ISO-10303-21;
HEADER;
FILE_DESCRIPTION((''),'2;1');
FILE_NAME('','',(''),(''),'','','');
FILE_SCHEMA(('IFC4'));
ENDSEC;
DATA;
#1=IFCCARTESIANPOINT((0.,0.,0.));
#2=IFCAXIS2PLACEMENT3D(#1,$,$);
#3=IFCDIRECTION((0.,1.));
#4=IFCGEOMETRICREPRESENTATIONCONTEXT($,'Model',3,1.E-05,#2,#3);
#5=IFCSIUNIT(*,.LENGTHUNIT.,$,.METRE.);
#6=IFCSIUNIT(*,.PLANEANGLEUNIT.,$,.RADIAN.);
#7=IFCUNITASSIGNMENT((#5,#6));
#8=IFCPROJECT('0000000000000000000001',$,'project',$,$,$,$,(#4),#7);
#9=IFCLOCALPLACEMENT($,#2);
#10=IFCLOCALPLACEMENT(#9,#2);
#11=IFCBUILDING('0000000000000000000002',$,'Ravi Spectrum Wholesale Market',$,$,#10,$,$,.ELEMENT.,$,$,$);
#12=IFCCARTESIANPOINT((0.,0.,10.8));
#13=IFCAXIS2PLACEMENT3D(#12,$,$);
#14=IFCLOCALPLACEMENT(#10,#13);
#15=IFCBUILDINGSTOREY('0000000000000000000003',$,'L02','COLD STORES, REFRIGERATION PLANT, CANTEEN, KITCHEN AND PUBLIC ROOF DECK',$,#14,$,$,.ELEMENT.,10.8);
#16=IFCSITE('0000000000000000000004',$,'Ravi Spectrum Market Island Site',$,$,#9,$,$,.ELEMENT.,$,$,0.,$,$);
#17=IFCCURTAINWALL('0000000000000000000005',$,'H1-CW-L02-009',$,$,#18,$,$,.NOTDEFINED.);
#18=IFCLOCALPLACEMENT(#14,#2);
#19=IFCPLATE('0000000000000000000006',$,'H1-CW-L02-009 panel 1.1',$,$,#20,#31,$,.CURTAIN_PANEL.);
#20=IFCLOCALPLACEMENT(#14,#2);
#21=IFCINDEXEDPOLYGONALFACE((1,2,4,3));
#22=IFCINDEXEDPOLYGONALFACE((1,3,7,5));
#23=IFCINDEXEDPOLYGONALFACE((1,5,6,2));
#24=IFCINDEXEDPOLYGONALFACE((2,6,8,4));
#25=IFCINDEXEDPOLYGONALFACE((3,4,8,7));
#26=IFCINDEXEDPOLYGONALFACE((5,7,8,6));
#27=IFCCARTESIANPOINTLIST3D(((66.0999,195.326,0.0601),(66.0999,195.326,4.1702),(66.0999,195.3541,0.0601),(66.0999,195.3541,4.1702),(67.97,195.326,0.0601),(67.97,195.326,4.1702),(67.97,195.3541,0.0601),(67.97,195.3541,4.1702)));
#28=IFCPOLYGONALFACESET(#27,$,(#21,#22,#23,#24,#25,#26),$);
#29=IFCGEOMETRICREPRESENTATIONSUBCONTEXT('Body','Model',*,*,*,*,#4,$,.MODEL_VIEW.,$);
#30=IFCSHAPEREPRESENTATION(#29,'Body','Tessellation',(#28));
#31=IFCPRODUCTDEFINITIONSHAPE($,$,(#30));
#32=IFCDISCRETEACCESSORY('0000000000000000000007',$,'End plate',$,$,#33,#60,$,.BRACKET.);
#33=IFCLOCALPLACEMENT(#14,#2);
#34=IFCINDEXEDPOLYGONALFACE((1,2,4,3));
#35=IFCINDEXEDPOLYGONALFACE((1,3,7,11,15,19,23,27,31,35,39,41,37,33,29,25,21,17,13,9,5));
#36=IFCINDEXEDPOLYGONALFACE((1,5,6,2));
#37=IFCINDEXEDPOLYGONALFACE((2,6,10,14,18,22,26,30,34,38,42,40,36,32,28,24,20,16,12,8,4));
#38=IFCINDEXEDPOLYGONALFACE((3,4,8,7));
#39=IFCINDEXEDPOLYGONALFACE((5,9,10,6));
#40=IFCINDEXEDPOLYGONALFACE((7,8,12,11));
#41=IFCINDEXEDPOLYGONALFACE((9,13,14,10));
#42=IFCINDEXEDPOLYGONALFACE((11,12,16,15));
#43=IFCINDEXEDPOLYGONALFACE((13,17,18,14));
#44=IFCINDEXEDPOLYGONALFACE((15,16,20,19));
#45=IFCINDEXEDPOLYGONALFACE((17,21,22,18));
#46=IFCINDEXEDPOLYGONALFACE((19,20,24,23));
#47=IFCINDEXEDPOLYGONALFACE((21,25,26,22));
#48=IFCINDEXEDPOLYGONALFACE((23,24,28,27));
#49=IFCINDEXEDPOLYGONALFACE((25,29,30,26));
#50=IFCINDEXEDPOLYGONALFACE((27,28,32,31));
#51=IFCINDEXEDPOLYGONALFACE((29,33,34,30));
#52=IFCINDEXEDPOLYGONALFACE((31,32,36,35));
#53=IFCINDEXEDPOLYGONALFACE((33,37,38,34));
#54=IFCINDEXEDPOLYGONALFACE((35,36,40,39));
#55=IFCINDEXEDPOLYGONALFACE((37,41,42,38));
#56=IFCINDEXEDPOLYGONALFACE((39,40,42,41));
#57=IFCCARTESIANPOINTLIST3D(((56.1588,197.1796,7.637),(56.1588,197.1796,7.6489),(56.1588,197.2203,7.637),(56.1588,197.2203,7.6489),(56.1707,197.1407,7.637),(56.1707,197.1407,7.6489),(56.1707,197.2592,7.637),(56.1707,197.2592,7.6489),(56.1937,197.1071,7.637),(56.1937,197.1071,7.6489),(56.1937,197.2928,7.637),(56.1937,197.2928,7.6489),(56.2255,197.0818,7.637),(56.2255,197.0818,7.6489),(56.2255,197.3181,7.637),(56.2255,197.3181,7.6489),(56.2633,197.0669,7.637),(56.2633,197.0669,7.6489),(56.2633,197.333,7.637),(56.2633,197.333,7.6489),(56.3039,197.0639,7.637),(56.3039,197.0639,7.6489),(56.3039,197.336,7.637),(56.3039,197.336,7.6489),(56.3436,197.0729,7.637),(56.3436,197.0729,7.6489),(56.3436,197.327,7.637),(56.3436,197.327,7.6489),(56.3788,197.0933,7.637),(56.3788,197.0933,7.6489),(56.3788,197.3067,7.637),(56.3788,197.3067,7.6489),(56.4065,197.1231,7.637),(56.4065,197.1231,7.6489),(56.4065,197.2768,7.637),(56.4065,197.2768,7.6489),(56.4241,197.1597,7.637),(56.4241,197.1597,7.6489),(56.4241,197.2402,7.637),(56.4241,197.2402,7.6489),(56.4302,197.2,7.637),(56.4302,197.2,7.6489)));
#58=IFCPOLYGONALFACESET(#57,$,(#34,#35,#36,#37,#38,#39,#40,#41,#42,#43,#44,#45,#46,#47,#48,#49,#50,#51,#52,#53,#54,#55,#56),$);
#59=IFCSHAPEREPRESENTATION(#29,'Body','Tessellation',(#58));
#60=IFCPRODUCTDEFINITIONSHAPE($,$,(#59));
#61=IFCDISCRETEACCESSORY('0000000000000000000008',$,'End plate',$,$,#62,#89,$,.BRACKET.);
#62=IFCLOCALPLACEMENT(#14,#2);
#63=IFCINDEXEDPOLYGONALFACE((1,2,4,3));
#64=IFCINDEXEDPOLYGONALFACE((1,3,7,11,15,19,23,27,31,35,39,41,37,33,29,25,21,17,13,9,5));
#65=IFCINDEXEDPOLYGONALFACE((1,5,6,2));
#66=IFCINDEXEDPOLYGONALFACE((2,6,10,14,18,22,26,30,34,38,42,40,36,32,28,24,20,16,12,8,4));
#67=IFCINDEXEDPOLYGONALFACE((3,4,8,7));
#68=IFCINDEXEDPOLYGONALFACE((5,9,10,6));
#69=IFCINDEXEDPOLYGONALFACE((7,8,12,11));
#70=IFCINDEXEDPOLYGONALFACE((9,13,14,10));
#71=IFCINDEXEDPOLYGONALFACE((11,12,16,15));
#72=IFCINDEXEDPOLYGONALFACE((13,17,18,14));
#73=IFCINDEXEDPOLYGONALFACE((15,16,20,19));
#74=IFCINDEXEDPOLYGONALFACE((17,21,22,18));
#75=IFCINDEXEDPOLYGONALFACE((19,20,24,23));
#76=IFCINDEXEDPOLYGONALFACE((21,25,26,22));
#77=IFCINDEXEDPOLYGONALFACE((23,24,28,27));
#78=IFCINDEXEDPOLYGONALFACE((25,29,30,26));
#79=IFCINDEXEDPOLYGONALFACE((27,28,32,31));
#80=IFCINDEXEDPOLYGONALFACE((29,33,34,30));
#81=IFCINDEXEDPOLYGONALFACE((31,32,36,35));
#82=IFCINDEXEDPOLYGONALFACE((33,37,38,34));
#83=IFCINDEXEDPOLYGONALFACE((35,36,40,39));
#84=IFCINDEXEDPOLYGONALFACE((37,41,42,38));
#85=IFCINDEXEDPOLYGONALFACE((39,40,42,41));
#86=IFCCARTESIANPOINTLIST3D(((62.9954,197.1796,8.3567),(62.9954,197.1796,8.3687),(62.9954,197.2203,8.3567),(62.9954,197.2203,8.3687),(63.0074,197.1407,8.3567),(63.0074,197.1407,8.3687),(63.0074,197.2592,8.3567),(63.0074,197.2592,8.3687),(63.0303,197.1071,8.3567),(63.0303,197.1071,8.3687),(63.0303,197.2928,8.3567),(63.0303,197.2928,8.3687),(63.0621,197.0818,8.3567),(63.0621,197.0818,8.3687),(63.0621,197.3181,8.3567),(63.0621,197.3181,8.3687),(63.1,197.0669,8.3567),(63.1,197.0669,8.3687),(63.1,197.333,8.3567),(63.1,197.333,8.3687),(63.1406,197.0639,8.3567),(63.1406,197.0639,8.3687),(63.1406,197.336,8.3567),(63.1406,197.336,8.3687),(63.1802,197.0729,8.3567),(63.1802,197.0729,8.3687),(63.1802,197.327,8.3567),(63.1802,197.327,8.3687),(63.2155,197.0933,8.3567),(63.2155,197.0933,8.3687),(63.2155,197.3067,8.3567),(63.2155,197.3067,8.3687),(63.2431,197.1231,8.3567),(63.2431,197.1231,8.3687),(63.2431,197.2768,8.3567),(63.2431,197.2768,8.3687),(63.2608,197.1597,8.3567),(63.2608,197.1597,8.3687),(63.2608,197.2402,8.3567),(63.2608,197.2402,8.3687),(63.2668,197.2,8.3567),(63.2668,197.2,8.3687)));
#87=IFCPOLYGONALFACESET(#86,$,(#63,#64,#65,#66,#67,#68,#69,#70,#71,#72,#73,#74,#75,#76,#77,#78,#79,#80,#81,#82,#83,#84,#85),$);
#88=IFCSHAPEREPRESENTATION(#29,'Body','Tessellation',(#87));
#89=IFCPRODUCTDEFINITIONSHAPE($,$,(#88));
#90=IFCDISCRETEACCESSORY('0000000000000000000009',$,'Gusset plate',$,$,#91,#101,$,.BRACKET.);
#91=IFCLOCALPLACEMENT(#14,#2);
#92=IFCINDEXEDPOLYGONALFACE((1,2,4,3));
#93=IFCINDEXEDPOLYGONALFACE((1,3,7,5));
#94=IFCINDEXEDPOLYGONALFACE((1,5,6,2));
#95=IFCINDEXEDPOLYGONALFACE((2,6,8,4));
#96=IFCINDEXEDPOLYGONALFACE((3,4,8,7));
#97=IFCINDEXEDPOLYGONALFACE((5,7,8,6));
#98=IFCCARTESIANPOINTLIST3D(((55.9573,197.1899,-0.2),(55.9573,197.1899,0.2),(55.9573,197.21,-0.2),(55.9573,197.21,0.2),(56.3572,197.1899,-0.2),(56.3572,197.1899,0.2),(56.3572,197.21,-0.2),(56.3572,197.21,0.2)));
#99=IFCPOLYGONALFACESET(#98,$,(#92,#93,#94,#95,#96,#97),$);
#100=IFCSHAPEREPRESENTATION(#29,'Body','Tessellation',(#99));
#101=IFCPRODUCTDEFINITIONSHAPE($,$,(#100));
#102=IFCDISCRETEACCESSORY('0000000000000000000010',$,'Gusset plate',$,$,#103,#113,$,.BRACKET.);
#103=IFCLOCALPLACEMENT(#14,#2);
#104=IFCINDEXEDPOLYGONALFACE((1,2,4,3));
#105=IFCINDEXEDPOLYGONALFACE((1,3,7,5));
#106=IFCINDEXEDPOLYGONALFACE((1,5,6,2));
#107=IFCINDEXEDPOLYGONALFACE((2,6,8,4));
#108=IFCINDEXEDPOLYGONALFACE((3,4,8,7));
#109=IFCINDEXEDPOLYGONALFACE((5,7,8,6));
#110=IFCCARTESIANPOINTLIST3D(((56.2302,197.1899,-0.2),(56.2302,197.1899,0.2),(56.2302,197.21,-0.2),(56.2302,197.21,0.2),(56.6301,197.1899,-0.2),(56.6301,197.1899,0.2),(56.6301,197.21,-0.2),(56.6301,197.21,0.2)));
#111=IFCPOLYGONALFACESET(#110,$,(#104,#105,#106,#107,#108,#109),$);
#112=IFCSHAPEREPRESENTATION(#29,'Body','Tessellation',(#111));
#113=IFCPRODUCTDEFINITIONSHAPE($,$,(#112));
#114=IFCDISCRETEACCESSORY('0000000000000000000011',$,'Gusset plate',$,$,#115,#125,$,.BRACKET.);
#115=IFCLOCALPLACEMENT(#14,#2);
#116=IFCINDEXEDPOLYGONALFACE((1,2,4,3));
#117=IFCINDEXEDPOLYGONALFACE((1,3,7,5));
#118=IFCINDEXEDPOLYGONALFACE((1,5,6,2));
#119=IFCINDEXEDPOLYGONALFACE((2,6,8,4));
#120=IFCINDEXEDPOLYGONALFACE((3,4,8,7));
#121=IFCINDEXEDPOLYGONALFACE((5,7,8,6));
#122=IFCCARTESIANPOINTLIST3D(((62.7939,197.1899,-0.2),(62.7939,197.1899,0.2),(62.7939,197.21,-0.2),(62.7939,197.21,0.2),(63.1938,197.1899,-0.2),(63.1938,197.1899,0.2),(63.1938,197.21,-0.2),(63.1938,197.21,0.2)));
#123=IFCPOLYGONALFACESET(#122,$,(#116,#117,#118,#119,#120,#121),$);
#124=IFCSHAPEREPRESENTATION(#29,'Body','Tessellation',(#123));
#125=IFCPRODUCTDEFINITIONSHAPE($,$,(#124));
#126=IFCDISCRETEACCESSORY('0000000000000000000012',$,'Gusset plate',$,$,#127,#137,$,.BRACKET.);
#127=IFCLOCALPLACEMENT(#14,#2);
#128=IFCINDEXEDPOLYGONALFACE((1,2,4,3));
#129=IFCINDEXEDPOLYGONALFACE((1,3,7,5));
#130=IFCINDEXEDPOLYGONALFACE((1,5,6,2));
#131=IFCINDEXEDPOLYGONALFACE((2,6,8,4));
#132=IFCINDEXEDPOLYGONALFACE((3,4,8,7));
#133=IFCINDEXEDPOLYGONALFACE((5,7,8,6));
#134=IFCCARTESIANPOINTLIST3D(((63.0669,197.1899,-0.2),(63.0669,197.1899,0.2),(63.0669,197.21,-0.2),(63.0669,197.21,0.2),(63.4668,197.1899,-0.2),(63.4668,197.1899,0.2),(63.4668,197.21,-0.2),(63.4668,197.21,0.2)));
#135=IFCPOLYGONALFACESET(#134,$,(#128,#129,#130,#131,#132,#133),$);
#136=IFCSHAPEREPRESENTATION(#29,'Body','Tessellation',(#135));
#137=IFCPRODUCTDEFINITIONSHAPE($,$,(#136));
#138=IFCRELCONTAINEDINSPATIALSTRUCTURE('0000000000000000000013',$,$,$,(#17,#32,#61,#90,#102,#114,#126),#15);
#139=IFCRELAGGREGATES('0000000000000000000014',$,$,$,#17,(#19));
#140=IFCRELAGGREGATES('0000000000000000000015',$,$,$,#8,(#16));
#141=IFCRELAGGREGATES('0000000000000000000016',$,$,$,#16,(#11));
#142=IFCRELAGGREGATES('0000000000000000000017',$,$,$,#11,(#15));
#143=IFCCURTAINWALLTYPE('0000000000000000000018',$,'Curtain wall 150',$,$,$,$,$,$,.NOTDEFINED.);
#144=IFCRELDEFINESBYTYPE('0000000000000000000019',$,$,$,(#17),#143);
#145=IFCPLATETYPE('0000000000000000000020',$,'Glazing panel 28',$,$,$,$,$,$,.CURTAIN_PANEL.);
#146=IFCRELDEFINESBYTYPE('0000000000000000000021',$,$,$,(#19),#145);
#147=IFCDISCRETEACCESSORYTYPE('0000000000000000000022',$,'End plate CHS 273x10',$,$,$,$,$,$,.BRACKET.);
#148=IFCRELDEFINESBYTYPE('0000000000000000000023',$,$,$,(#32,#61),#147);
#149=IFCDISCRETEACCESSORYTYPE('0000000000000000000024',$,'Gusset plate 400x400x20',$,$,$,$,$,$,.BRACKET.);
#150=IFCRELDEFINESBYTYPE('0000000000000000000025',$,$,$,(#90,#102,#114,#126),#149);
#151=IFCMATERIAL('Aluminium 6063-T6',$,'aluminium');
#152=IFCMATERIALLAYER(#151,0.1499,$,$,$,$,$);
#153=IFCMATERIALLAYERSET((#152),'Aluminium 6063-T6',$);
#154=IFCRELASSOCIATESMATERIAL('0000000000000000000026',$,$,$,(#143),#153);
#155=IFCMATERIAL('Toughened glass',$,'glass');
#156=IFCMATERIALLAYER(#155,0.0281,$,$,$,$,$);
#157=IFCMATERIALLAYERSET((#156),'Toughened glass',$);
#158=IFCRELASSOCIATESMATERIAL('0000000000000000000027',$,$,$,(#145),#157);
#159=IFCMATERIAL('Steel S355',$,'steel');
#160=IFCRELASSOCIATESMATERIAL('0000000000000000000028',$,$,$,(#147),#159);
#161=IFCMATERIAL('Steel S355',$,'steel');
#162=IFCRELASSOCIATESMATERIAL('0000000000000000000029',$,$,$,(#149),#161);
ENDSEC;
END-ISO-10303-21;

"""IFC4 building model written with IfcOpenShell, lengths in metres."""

from ifc_helpers import new_model, si_unit, direction, frame, origin, origin_2d, place, context, subcontext, project, spatial, rectangle, circle, extrude, material, layer, layer_set, material_profile, profile_set, type_object, element, aggregate, save


model = new_model("IFC4")

# Units and contexts
model_context = context("Model", 3, precision=1e-05, world=origin(), true_north=direction((0.0, 1.0)))
body_context = subcontext(model_context, "Body", "Model", "MODEL_VIEW")
ifc_project = project(units=[si_unit("LENGTHUNIT", "METRE"), si_unit("PLANEANGLEUNIT", "RADIAN")], contexts=[model_context])

# Site, building, storey
site_placement = place(None, origin())
site = spatial("IfcSite", under=ifc_project, at=site_placement, Name="Ravi Spectrum Market Island Site", CompositionType="ELEMENT", RefElevation=0.0)
building_placement = place(site_placement, origin())
building = spatial("IfcBuilding", under=site, at=building_placement, Name="Ravi Spectrum Wholesale Market", CompositionType="ELEMENT")
storey_placement = place(building_placement, frame((0.0, 0.0, 10.8)))
storey = spatial("IfcBuildingStorey", under=building, at=storey_placement, Name="L02", Description="COLD STORES, REFRIGERATION PLANT, CANTEEN, KITCHEN AND PUBLIC ROOF DECK", CompositionType="ELEMENT", Elevation=10.8)

# Shared definitions
ifc_material_1 = material(Name="Aluminium 6063-T6", Category="aluminium")
ifc_layer_1 = layer(ifc_material_1, 0.1499)
ifc_layer_set_1 = layer_set([ifc_layer_1], Name="Aluminium 6063-T6")
curtain_wall_type = type_object("IfcCurtainWallType", Name="Curtain wall 150", PredefinedType="NOTDEFINED", material=ifc_layer_set_1)

# Curtain wall
curtain_wall_1_placement = place(storey_placement, origin())
curtain_wall_1 = element("IfcCurtainWall", 1, at=curtain_wall_1_placement, inside=storey, type_object=curtain_wall_type, Name="H1-CW-L02-009", PredefinedType="NOTDEFINED")

# Plate
ifc_material_2 = material(Name="Toughened glass", Category="glass")
ifc_layer_2 = layer(ifc_material_2, 0.0281)
ifc_layer_set_2 = layer_set([ifc_layer_2], Name="Toughened glass")
plate_type = type_object("IfcPlateType", Name="Glazing panel 28", PredefinedType="CURTAIN_PANEL", material=ifc_layer_set_2)
plate_1_placement = place(storey_placement, frame((67.0349, 195.3401, 0.0601), z_axis=(0.0, 0.0, 1.0), x_axis=(1.0, 0.0, 0.0)))
plate_1 = element("IfcPlate", 2, at=plate_1_placement, type_object=plate_type, Name="H1-CW-L02-009 panel 1.1", PredefinedType="CURTAIN_PANEL", context=body_context, shape_type="SweptSolid", body=[
    extrude(rectangle(XDim=1.8701, YDim=0.0281, at=origin_2d()), origin(), (0.0, 0.0, 1.0), 4.1101),
])
aggregate(curtain_wall_1, [plate_1])

# Discrete accessories
ifc_material_3 = material(Name="Steel S355", Category="steel")
ifc_material_profile_1 = material_profile(ifc_material_3, circle(Radius=0.1365, at=origin_2d()))
ifc_profile_set_1 = profile_set([ifc_material_profile_1], Name="Steel S355")
discrete_accessory_type_1 = type_object("IfcDiscreteAccessoryType", Name="End plate CHS 273x10", PredefinedType="BRACKET", material=ifc_profile_set_1)
for number, where, z_axis, x_axis, name in (
    (3, (56.2937, 197.2, 7.637), (0.0, 0.0, 1.0), (1.0, 0.0, 0.0), "End plate"),
    (4, (63.1304, 197.2, 8.3567), (0.0, 0.0, 1.0), (1.0, 0.0, 0.0), "End plate"),
):
    element("IfcDiscreteAccessory", number, at=place(storey_placement, frame(where, z_axis=z_axis, x_axis=x_axis)), inside=storey, type_object=discrete_accessory_type_1, Name=name, PredefinedType="BRACKET", context=body_context, shape_type="SweptSolid", body=[
        extrude(circle(Radius=0.1365, at=origin_2d()), origin(), (0.0, 0.0, 1.0), 0.012),
    ])
ifc_material_4 = material(Name="Steel S355", Category="steel")
ifc_material_profile_2 = material_profile(ifc_material_4, rectangle(XDim=0.3999, YDim=0.02, at=origin_2d()))
ifc_profile_set_2 = profile_set([ifc_material_profile_2], Name="Steel S355")
discrete_accessory_type_2 = type_object("IfcDiscreteAccessoryType", Name="Gusset plate 400x400x20", PredefinedType="BRACKET", material=ifc_profile_set_2)
for number, where, z_axis, x_axis, name in (
    (5, (56.1572, 197.2, -0.2), (0.0, 0.0, 1.0), (1.0, 0.0, 0.0), "Gusset plate"),
    (6, (56.4302, 197.2, -0.2), (0.0, 0.0, 1.0), (1.0, 0.0, 0.0), "Gusset plate"),
    (7, (62.9939, 197.2, -0.2), (0.0, 0.0, 1.0), (1.0, 0.0, 0.0), "Gusset plate"),
    (8, (63.2668, 197.2, -0.2), (0.0, 0.0, 1.0), (1.0, 0.0, 0.0), "Gusset plate"),
):
    element("IfcDiscreteAccessory", number, at=place(storey_placement, frame(where, z_axis=z_axis, x_axis=x_axis)), inside=storey, type_object=discrete_accessory_type_2, Name=name, PredefinedType="BRACKET", context=body_context, shape_type="SweptSolid", body=[
        extrude(rectangle(XDim=0.3999, YDim=0.02, at=origin_2d()), origin(), (0.0, 0.0, 1.0), 0.3999),
    ])

save(model, "model.ifc")
